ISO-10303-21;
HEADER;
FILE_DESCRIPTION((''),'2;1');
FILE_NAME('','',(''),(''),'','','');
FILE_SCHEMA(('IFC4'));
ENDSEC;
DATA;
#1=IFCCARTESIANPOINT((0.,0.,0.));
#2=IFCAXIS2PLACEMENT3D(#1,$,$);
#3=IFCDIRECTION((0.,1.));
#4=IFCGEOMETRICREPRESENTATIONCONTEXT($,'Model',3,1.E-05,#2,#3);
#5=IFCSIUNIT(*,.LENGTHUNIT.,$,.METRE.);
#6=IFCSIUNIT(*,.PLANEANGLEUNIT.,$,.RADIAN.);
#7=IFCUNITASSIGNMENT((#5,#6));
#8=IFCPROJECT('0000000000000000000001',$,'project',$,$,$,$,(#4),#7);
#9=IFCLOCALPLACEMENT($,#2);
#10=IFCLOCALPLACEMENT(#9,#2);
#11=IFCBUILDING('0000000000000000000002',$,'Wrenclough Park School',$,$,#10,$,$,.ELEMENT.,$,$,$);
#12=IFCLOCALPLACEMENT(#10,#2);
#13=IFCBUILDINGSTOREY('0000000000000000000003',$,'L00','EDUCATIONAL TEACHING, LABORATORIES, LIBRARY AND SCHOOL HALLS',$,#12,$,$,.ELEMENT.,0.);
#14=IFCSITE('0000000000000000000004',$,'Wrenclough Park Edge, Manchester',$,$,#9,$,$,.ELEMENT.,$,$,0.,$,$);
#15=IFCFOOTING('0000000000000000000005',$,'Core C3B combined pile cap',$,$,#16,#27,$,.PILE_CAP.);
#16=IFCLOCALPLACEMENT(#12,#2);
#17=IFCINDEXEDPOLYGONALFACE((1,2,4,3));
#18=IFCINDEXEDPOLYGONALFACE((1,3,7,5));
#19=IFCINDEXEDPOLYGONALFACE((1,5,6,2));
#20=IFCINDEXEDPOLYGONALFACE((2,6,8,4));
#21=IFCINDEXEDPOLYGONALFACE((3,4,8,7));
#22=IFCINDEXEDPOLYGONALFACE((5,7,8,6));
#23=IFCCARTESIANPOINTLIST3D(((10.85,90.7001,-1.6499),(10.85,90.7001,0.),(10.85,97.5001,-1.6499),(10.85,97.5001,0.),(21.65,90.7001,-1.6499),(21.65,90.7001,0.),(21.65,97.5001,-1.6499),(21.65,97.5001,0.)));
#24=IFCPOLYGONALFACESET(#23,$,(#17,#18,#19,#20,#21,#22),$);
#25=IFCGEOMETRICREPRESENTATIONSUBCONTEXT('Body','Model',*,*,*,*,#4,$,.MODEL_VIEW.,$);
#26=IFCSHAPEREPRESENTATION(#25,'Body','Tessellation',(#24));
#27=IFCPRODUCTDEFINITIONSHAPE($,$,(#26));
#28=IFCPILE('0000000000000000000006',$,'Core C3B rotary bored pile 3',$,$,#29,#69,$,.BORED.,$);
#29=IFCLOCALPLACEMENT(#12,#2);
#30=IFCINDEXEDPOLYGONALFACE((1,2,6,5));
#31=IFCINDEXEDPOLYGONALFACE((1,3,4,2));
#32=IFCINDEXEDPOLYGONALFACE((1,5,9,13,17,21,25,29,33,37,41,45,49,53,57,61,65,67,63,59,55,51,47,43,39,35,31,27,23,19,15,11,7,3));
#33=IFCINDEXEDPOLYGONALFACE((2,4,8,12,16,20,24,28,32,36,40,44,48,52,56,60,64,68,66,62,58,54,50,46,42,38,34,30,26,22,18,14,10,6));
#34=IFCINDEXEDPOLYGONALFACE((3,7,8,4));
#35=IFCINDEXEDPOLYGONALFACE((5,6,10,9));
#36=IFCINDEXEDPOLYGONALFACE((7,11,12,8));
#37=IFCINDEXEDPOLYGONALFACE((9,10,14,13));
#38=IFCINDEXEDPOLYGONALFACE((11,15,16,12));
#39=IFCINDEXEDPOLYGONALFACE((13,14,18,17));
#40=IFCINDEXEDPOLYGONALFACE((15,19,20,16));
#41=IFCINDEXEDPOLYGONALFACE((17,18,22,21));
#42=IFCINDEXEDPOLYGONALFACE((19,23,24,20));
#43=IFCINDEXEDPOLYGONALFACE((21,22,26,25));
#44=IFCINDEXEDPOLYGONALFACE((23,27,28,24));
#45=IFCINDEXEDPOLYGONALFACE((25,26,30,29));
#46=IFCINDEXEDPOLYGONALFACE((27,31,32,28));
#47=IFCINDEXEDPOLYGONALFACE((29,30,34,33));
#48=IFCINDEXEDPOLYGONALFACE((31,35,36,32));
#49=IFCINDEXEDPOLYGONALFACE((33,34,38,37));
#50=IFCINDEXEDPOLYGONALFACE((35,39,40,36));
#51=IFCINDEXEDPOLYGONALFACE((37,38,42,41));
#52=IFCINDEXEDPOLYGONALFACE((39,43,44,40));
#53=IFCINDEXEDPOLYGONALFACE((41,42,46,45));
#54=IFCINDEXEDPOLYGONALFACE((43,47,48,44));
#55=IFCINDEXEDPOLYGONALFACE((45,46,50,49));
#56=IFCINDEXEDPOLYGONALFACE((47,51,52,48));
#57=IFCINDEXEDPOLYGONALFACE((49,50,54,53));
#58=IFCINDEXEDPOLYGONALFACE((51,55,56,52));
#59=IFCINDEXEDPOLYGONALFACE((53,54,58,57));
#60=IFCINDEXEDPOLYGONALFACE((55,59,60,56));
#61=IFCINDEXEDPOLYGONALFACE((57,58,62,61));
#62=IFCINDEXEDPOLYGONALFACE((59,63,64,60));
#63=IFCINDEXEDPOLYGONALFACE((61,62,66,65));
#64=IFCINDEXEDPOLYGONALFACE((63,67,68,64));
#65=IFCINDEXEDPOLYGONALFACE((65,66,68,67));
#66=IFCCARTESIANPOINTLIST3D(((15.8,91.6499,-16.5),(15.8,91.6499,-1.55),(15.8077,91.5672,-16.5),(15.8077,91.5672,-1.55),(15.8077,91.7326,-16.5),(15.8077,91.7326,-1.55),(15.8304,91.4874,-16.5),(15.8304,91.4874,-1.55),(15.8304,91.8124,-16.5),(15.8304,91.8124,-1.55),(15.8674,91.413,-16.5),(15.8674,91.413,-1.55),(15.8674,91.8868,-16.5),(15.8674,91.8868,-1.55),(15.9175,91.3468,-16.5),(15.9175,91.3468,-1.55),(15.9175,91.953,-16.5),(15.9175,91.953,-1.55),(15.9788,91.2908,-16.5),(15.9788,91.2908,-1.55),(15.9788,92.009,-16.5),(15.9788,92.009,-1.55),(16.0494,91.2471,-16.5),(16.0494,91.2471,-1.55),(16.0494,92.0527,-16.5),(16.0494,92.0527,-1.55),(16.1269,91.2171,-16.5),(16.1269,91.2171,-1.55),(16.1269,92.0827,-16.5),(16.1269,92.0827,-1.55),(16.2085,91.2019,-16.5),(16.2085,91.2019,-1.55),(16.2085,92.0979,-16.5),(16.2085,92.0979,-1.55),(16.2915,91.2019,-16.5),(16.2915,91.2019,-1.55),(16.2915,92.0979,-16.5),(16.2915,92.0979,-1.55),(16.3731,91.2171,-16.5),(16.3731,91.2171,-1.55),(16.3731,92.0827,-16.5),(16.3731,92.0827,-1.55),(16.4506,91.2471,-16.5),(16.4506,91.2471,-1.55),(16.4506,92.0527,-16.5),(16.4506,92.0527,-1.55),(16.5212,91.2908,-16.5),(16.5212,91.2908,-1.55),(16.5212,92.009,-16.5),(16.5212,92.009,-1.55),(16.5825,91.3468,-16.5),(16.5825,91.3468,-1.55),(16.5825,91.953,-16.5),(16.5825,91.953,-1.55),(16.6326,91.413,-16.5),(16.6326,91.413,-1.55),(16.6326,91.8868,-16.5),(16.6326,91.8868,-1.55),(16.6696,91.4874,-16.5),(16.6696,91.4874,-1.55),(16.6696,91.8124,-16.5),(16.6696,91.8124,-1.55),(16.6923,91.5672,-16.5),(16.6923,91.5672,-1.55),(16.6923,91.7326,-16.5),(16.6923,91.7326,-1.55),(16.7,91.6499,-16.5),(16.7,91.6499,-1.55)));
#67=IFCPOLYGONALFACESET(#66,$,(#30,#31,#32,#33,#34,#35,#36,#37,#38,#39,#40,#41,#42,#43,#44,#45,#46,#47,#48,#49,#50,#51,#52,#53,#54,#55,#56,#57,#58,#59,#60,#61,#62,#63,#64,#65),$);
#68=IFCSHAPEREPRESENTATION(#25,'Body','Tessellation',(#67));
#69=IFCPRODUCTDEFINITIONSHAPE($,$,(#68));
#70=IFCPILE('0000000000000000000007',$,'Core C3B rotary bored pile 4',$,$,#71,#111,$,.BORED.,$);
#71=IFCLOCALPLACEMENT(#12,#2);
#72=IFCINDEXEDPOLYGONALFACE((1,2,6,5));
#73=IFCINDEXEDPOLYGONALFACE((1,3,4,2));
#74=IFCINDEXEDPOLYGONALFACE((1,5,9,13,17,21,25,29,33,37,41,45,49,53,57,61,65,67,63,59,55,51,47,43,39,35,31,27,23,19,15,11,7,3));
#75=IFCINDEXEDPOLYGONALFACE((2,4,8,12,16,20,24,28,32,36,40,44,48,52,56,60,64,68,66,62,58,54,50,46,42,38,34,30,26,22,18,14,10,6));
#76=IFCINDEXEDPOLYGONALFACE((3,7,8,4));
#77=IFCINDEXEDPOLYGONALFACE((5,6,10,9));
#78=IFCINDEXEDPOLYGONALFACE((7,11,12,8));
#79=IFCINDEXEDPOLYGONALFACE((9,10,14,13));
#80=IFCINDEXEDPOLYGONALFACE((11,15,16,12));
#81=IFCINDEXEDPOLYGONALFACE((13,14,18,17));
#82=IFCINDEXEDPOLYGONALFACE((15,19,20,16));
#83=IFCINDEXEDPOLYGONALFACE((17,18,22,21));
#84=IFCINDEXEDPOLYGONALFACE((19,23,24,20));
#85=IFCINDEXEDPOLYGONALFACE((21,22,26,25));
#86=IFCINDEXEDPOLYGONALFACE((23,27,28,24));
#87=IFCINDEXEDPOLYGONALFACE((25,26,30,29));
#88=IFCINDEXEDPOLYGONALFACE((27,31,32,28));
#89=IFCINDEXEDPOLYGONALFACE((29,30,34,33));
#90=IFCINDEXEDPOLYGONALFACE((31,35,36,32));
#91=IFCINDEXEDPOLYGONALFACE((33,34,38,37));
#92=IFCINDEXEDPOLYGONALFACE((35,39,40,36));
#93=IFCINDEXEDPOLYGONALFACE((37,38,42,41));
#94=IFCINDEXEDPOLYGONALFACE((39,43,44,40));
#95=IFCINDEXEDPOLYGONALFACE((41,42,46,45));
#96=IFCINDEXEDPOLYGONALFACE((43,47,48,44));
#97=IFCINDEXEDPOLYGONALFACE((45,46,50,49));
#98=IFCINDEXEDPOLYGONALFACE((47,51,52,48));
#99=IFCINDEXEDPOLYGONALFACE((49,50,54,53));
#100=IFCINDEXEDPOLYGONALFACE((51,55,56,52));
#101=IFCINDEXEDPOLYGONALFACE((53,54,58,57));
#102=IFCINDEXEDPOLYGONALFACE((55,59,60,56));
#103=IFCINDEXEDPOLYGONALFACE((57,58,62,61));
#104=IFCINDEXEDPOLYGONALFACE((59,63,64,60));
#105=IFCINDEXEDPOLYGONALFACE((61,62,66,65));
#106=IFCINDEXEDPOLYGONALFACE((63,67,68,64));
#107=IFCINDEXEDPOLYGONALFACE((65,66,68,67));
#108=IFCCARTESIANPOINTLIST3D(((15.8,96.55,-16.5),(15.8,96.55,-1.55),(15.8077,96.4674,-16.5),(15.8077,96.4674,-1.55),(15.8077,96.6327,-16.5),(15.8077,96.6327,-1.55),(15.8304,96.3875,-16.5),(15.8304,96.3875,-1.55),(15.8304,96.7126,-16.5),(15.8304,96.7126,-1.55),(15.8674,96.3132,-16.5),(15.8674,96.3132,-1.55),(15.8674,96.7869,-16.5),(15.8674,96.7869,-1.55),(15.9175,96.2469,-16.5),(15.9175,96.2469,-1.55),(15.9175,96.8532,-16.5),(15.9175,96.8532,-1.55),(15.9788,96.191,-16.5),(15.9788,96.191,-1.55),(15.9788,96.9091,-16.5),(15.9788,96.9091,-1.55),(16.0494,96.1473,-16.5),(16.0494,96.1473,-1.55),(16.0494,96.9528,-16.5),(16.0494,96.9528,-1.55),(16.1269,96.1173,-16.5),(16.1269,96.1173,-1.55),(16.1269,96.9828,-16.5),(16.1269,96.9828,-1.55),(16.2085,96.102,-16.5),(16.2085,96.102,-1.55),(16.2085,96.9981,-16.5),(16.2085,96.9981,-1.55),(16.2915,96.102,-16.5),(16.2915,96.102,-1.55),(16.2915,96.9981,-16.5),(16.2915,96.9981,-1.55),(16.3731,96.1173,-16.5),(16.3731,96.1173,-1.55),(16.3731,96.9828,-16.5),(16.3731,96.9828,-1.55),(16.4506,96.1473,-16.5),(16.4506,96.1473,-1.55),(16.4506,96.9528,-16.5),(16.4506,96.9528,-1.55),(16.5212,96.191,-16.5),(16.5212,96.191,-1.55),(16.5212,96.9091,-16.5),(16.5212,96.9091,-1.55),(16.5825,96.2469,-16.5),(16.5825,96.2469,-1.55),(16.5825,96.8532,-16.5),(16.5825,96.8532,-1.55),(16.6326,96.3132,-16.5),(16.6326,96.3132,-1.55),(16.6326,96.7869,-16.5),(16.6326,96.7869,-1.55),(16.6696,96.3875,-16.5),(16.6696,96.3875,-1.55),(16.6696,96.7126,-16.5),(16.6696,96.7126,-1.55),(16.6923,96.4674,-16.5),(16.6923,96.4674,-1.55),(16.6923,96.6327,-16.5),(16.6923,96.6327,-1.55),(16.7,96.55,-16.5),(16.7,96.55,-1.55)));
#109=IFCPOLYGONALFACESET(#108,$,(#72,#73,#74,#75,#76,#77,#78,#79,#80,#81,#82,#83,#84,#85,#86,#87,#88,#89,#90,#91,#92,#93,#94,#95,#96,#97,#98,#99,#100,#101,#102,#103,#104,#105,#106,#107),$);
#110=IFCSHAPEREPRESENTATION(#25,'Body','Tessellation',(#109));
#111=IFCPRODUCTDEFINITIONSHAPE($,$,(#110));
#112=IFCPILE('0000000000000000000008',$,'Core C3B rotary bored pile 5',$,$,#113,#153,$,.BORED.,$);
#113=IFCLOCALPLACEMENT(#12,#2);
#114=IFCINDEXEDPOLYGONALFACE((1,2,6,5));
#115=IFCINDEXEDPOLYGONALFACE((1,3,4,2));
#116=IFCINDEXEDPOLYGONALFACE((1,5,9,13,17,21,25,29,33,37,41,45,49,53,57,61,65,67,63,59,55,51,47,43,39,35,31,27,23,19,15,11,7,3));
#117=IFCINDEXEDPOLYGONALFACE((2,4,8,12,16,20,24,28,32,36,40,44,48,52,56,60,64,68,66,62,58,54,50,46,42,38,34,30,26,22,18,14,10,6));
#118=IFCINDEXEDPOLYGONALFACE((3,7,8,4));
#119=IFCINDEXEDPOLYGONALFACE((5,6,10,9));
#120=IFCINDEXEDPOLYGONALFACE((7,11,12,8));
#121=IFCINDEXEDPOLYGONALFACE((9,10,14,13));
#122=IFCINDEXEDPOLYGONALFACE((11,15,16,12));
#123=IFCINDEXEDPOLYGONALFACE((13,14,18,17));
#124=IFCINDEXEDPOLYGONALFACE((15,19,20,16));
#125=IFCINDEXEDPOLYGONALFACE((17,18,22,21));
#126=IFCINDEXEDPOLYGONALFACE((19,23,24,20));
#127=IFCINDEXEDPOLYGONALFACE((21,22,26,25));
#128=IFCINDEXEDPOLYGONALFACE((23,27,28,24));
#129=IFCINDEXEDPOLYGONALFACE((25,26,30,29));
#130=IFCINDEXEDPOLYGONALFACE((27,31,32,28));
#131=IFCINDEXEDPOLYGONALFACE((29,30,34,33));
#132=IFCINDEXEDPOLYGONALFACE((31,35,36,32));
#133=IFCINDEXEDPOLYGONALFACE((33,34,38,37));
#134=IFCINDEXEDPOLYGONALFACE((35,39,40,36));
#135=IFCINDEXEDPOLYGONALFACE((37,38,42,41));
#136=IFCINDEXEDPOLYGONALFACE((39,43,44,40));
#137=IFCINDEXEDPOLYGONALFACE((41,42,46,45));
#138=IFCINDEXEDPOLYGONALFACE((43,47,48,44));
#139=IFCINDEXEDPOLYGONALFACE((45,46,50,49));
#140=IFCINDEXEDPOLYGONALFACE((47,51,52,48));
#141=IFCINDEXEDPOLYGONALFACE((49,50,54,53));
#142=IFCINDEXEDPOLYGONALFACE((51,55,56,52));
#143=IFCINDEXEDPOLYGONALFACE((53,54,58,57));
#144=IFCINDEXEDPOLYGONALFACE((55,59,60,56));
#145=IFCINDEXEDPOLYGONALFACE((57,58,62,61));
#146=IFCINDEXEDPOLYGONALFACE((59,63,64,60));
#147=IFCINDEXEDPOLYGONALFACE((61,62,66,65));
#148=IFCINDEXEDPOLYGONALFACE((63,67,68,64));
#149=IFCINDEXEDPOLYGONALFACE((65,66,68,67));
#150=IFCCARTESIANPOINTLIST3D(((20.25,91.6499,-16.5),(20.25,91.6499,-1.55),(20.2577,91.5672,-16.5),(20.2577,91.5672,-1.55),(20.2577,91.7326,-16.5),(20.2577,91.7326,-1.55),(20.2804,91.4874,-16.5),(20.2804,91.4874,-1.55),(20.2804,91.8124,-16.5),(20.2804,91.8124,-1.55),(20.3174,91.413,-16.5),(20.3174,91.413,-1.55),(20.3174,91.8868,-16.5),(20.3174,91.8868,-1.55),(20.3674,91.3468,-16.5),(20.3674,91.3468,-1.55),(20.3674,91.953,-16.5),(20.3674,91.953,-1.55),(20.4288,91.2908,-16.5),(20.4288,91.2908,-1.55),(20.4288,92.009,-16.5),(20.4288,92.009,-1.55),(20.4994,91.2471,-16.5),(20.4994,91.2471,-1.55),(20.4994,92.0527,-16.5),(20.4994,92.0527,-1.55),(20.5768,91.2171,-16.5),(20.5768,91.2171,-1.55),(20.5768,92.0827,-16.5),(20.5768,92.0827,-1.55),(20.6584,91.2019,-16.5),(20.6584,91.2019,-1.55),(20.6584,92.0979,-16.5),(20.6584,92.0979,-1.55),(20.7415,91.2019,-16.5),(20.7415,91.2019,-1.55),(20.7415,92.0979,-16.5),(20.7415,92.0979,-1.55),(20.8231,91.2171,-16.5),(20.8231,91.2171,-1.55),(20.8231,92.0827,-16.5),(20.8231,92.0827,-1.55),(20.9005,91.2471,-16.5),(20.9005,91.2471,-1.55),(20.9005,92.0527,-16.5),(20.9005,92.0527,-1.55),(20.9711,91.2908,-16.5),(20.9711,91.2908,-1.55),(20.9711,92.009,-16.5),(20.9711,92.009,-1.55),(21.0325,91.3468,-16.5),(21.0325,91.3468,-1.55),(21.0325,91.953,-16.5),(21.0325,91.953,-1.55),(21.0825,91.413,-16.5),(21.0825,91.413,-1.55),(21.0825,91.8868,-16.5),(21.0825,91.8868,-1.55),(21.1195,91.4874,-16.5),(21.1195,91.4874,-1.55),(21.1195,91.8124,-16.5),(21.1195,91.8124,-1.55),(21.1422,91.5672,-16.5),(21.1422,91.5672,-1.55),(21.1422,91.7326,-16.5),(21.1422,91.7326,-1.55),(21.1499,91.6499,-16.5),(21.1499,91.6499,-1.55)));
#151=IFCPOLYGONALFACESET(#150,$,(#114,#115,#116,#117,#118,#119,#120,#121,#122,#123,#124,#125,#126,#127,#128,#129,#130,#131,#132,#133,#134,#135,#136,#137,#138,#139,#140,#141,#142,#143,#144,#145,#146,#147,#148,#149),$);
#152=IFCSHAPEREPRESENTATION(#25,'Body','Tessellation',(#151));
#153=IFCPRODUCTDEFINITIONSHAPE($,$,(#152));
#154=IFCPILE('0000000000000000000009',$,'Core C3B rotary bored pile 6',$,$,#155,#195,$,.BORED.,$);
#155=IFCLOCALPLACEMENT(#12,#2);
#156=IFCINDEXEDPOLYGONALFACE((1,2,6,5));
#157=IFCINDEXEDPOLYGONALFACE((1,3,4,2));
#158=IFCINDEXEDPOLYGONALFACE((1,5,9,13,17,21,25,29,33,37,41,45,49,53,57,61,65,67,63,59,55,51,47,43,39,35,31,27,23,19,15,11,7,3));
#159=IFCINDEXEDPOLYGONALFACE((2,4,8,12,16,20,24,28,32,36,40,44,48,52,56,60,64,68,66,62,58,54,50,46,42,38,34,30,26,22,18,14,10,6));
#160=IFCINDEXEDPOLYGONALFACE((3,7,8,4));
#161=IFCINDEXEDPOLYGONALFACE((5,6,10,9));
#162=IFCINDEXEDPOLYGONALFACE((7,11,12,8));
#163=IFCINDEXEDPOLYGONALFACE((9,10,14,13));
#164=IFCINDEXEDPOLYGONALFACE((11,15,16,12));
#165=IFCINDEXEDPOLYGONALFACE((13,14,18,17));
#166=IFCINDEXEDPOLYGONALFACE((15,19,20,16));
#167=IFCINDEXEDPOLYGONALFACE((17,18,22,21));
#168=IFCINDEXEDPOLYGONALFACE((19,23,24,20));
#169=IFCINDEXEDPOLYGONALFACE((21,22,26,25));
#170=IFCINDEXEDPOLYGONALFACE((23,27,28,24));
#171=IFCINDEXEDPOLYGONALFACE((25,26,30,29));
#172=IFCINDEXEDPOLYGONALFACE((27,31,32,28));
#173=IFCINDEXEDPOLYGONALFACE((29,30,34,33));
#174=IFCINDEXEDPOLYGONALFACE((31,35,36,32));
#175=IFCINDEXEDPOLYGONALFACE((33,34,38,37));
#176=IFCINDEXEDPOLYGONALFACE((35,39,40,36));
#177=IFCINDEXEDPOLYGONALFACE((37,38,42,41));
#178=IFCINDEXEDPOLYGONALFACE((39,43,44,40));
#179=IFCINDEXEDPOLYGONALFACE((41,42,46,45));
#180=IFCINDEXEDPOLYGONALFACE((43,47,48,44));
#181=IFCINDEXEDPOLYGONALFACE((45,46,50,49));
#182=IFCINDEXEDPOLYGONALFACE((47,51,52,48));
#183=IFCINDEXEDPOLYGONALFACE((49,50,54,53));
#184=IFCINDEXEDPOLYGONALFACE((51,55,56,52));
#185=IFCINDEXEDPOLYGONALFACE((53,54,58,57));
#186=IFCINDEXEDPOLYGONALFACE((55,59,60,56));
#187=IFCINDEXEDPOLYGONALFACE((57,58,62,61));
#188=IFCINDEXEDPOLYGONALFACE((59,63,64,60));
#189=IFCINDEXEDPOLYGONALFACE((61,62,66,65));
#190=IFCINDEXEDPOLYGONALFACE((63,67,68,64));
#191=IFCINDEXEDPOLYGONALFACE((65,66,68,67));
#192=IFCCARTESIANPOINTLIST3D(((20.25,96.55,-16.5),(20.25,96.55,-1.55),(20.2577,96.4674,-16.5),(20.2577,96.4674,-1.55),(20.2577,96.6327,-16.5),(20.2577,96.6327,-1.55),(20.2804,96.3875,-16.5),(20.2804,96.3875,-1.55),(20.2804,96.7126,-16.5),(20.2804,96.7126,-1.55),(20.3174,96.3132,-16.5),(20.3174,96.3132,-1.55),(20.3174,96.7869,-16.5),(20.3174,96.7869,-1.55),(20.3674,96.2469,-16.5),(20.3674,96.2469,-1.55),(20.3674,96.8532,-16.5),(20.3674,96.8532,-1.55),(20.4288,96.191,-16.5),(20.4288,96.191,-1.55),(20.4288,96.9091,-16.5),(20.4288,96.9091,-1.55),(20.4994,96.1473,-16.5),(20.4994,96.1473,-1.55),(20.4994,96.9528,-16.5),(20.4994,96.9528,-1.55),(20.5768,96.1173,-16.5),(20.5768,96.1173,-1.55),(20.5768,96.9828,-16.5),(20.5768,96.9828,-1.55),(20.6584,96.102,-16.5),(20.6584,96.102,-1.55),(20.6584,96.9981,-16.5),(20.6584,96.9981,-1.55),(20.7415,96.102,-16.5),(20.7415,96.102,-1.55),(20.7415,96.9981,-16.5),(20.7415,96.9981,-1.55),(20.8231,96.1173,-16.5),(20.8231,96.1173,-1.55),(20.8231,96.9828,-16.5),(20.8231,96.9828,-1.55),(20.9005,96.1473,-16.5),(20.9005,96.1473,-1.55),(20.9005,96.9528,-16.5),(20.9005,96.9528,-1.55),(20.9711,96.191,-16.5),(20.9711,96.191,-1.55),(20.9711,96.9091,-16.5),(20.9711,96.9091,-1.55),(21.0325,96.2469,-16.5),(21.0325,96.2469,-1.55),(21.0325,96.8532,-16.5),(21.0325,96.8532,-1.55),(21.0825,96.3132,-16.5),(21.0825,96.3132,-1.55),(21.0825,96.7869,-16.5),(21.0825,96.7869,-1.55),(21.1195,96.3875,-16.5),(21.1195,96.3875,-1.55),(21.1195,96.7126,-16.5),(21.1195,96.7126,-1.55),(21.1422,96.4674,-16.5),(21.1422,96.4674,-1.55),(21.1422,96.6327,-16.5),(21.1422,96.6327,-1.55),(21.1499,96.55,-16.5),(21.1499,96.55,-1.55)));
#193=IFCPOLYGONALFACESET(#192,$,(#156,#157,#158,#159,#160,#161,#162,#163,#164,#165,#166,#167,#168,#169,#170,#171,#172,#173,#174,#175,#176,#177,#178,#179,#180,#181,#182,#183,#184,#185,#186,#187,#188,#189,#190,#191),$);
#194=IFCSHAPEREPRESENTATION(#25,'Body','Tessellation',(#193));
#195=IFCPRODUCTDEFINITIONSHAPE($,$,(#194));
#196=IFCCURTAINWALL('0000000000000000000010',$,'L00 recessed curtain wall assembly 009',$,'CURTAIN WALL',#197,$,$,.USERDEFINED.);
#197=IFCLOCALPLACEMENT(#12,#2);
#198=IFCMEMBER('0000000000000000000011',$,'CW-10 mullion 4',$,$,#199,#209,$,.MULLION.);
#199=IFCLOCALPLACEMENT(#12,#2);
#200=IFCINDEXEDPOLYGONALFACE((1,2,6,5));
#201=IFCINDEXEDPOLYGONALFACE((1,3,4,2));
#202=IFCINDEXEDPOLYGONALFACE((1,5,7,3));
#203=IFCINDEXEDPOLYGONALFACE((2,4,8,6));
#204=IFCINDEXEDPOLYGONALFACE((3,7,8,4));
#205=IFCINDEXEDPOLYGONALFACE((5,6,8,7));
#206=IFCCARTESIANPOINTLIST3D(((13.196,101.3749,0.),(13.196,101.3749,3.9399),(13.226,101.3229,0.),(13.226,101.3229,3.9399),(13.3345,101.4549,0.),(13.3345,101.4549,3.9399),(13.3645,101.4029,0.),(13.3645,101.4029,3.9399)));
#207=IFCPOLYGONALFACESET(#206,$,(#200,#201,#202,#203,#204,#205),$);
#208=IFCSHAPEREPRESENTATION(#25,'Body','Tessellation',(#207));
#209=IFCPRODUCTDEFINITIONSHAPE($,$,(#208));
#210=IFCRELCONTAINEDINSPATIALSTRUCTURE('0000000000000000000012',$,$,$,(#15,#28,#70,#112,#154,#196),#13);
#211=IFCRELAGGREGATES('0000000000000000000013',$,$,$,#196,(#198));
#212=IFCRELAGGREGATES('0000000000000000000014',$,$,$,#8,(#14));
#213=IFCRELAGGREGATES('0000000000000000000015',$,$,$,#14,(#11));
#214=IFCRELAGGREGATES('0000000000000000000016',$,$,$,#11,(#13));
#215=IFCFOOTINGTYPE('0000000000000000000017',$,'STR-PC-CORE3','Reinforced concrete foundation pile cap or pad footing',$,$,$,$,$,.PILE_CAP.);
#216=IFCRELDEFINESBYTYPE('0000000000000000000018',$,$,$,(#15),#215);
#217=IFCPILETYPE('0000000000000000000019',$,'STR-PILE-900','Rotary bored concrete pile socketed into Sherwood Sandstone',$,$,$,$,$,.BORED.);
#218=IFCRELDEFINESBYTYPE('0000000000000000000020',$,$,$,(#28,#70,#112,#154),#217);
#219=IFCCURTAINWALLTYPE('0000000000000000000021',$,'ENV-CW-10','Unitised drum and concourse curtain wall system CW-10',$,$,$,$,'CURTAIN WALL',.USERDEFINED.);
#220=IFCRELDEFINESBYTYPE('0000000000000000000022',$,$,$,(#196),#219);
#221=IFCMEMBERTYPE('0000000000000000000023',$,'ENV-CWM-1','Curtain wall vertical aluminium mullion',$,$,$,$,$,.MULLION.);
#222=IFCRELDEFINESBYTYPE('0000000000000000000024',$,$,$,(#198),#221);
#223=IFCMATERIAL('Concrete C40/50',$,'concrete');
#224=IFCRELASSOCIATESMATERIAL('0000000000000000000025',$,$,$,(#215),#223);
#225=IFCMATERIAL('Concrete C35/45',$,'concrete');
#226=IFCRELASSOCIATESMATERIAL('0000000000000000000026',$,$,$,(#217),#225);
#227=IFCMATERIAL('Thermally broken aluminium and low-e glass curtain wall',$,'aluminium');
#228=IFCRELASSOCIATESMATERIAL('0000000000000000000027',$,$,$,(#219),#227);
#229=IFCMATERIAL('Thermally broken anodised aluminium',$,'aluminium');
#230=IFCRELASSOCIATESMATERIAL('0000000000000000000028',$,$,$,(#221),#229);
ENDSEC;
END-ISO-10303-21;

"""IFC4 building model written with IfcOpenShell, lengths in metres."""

from ifc_helpers import new_model, si_unit, direction, frame, origin, origin_2d, place, context, subcontext, project, spatial, rectangle, circle, extrude, material, material_profile, profile_set, type_object, element, aggregate, save


model = new_model("IFC4")

# Units and contexts
model_context = context("Model", 3, precision=1e-05, world=origin(), true_north=direction((0.0, 1.0)))
body_context = subcontext(model_context, "Body", "Model", "MODEL_VIEW")
ifc_project = project(units=[si_unit("LENGTHUNIT", "METRE"), si_unit("PLANEANGLEUNIT", "RADIAN")], contexts=[model_context])

# Site, building, storey
site_placement = place(None, origin())
site = spatial("IfcSite", under=ifc_project, at=site_placement, Name="Wrenclough Park Edge, Manchester", CompositionType="ELEMENT", RefElevation=0.0)
building_placement = place(site_placement, origin())
building = spatial("IfcBuilding", under=site, at=building_placement, Name="Wrenclough Park School", CompositionType="ELEMENT")
storey_placement = place(building_placement, origin())
storey = spatial("IfcBuildingStorey", under=building, at=storey_placement, Name="L00", Description="EDUCATIONAL TEACHING, LABORATORIES, LIBRARY AND SCHOOL HALLS", CompositionType="ELEMENT", Elevation=0.0)

# Footing
ifc_material_1 = material(Name="Concrete C40/50", Category="concrete")
footing_type = type_object("IfcFootingType", Name="STR-PC-CORE3", Description="Reinforced concrete foundation pile cap or pad footing", PredefinedType="PILE_CAP", material=ifc_material_1)
footing_placement = place(storey_placement, frame((16.25, 94.1001, -1.6499), z_axis=(0.0, 0.0, 1.0), x_axis=(1.0, 0.0, 0.0)))
element("IfcFooting", 1, at=footing_placement, inside=storey, type_object=footing_type, Name="Core C3B combined pile cap", PredefinedType="PILE_CAP", context=body_context, shape_type="SweptSolid", body=[
    extrude(rectangle(XDim=10.8, YDim=6.8, at=origin_2d()), origin(), (0.0, 0.0, 1.0), 1.6499),
])

# Piles
ifc_material_2 = material(Name="Concrete C35/45", Category="concrete")
ifc_material_profile_1 = material_profile(ifc_material_2, circle(Radius=0.45, at=origin_2d()), Name="BORED PILE D900")
ifc_profile_set_1 = profile_set([ifc_material_profile_1], Name="Concrete C35/45")
pile_type = type_object("IfcPileType", Name="STR-PILE-900", Description="Rotary bored concrete pile socketed into Sherwood Sandstone", PredefinedType="BORED", material=ifc_profile_set_1)
for number, where, z_axis, x_axis, name in (
    (2, (16.25, 91.6499, -1.55), (0.0, 0.0, -1.0), (1.0, 0.0, 0.0), "Core C3B rotary bored pile 3"),
    (3, (16.25, 96.55, -1.55), (0.0, 0.0, -1.0), (1.0, 0.0, 0.0), "Core C3B rotary bored pile 4"),
    (4, (20.7, 91.6499, -1.55), (0.0, 0.0, -1.0), (1.0, 0.0, 0.0), "Core C3B rotary bored pile 5"),
    (5, (20.7, 96.55, -1.55), (0.0, 0.0, -1.0), (1.0, 0.0, 0.0), "Core C3B rotary bored pile 6"),
):
    element("IfcPile", number, at=place(storey_placement, frame(where, z_axis=z_axis, x_axis=x_axis)), inside=storey, type_object=pile_type, Name=name, PredefinedType="BORED", context=body_context, shape_type="SweptSolid", body=[
        extrude(circle(Radius=0.45, at=origin_2d()), origin(), (0.0, 0.0, 1.0), 14.95),
    ])

# Curtain wall, member
ifc_material_3 = material(Name="Thermally broken aluminium and low-e glass curtain wall", Category="aluminium")
curtain_wall_type_1 = type_object("IfcCurtainWallType", Name="ENV-CW-10", Description="Unitised drum and concourse curtain wall system CW-10", ElementType="CURTAIN WALL", PredefinedType="USERDEFINED", material=ifc_material_3)
curtain_wall_1_placement = place(storey_placement, origin())
curtain_wall_1 = element("IfcCurtainWall", 6, at=curtain_wall_1_placement, inside=storey, type_object=curtain_wall_type_1, Name="L00 recessed curtain wall assembly 009", ObjectType="CURTAIN WALL", PredefinedType="USERDEFINED")
ifc_material_4 = material(Name="Thermally broken anodised aluminium", Category="aluminium")
ifc_material_profile_2 = material_profile(ifc_material_4, rectangle(XDim=0.0601, YDim=0.1599, at=origin_2d()), Name="AL MULLION 60x160")
ifc_profile_set_2 = profile_set([ifc_material_profile_2], Name="Thermally broken anodised aluminium")
member_type_1 = type_object("IfcMemberType", Name="ENV-CWM-1", Description="Curtain wall vertical aluminium mullion", PredefinedType="MULLION", material=ifc_profile_set_2)
member_1_placement = place(storey_placement, frame((13.2803, 101.3889, 0.0), z_axis=(0.0, 0.0, 1.0), x_axis=(-0.499999, 0.866026, 0.0)))
member_1 = element("IfcMember", 7, at=member_1_placement, type_object=member_type_1, Name="CW-10 mullion 4", PredefinedType="MULLION", context=body_context, shape_type="SweptSolid", body=[
    extrude(rectangle(XDim=0.0601, YDim=0.1599, at=origin_2d()), origin(), (0.0, 0.0, 1.0), 3.9399),
])
aggregate(curtain_wall_1, [member_1])

save(model, "model.ifc")
